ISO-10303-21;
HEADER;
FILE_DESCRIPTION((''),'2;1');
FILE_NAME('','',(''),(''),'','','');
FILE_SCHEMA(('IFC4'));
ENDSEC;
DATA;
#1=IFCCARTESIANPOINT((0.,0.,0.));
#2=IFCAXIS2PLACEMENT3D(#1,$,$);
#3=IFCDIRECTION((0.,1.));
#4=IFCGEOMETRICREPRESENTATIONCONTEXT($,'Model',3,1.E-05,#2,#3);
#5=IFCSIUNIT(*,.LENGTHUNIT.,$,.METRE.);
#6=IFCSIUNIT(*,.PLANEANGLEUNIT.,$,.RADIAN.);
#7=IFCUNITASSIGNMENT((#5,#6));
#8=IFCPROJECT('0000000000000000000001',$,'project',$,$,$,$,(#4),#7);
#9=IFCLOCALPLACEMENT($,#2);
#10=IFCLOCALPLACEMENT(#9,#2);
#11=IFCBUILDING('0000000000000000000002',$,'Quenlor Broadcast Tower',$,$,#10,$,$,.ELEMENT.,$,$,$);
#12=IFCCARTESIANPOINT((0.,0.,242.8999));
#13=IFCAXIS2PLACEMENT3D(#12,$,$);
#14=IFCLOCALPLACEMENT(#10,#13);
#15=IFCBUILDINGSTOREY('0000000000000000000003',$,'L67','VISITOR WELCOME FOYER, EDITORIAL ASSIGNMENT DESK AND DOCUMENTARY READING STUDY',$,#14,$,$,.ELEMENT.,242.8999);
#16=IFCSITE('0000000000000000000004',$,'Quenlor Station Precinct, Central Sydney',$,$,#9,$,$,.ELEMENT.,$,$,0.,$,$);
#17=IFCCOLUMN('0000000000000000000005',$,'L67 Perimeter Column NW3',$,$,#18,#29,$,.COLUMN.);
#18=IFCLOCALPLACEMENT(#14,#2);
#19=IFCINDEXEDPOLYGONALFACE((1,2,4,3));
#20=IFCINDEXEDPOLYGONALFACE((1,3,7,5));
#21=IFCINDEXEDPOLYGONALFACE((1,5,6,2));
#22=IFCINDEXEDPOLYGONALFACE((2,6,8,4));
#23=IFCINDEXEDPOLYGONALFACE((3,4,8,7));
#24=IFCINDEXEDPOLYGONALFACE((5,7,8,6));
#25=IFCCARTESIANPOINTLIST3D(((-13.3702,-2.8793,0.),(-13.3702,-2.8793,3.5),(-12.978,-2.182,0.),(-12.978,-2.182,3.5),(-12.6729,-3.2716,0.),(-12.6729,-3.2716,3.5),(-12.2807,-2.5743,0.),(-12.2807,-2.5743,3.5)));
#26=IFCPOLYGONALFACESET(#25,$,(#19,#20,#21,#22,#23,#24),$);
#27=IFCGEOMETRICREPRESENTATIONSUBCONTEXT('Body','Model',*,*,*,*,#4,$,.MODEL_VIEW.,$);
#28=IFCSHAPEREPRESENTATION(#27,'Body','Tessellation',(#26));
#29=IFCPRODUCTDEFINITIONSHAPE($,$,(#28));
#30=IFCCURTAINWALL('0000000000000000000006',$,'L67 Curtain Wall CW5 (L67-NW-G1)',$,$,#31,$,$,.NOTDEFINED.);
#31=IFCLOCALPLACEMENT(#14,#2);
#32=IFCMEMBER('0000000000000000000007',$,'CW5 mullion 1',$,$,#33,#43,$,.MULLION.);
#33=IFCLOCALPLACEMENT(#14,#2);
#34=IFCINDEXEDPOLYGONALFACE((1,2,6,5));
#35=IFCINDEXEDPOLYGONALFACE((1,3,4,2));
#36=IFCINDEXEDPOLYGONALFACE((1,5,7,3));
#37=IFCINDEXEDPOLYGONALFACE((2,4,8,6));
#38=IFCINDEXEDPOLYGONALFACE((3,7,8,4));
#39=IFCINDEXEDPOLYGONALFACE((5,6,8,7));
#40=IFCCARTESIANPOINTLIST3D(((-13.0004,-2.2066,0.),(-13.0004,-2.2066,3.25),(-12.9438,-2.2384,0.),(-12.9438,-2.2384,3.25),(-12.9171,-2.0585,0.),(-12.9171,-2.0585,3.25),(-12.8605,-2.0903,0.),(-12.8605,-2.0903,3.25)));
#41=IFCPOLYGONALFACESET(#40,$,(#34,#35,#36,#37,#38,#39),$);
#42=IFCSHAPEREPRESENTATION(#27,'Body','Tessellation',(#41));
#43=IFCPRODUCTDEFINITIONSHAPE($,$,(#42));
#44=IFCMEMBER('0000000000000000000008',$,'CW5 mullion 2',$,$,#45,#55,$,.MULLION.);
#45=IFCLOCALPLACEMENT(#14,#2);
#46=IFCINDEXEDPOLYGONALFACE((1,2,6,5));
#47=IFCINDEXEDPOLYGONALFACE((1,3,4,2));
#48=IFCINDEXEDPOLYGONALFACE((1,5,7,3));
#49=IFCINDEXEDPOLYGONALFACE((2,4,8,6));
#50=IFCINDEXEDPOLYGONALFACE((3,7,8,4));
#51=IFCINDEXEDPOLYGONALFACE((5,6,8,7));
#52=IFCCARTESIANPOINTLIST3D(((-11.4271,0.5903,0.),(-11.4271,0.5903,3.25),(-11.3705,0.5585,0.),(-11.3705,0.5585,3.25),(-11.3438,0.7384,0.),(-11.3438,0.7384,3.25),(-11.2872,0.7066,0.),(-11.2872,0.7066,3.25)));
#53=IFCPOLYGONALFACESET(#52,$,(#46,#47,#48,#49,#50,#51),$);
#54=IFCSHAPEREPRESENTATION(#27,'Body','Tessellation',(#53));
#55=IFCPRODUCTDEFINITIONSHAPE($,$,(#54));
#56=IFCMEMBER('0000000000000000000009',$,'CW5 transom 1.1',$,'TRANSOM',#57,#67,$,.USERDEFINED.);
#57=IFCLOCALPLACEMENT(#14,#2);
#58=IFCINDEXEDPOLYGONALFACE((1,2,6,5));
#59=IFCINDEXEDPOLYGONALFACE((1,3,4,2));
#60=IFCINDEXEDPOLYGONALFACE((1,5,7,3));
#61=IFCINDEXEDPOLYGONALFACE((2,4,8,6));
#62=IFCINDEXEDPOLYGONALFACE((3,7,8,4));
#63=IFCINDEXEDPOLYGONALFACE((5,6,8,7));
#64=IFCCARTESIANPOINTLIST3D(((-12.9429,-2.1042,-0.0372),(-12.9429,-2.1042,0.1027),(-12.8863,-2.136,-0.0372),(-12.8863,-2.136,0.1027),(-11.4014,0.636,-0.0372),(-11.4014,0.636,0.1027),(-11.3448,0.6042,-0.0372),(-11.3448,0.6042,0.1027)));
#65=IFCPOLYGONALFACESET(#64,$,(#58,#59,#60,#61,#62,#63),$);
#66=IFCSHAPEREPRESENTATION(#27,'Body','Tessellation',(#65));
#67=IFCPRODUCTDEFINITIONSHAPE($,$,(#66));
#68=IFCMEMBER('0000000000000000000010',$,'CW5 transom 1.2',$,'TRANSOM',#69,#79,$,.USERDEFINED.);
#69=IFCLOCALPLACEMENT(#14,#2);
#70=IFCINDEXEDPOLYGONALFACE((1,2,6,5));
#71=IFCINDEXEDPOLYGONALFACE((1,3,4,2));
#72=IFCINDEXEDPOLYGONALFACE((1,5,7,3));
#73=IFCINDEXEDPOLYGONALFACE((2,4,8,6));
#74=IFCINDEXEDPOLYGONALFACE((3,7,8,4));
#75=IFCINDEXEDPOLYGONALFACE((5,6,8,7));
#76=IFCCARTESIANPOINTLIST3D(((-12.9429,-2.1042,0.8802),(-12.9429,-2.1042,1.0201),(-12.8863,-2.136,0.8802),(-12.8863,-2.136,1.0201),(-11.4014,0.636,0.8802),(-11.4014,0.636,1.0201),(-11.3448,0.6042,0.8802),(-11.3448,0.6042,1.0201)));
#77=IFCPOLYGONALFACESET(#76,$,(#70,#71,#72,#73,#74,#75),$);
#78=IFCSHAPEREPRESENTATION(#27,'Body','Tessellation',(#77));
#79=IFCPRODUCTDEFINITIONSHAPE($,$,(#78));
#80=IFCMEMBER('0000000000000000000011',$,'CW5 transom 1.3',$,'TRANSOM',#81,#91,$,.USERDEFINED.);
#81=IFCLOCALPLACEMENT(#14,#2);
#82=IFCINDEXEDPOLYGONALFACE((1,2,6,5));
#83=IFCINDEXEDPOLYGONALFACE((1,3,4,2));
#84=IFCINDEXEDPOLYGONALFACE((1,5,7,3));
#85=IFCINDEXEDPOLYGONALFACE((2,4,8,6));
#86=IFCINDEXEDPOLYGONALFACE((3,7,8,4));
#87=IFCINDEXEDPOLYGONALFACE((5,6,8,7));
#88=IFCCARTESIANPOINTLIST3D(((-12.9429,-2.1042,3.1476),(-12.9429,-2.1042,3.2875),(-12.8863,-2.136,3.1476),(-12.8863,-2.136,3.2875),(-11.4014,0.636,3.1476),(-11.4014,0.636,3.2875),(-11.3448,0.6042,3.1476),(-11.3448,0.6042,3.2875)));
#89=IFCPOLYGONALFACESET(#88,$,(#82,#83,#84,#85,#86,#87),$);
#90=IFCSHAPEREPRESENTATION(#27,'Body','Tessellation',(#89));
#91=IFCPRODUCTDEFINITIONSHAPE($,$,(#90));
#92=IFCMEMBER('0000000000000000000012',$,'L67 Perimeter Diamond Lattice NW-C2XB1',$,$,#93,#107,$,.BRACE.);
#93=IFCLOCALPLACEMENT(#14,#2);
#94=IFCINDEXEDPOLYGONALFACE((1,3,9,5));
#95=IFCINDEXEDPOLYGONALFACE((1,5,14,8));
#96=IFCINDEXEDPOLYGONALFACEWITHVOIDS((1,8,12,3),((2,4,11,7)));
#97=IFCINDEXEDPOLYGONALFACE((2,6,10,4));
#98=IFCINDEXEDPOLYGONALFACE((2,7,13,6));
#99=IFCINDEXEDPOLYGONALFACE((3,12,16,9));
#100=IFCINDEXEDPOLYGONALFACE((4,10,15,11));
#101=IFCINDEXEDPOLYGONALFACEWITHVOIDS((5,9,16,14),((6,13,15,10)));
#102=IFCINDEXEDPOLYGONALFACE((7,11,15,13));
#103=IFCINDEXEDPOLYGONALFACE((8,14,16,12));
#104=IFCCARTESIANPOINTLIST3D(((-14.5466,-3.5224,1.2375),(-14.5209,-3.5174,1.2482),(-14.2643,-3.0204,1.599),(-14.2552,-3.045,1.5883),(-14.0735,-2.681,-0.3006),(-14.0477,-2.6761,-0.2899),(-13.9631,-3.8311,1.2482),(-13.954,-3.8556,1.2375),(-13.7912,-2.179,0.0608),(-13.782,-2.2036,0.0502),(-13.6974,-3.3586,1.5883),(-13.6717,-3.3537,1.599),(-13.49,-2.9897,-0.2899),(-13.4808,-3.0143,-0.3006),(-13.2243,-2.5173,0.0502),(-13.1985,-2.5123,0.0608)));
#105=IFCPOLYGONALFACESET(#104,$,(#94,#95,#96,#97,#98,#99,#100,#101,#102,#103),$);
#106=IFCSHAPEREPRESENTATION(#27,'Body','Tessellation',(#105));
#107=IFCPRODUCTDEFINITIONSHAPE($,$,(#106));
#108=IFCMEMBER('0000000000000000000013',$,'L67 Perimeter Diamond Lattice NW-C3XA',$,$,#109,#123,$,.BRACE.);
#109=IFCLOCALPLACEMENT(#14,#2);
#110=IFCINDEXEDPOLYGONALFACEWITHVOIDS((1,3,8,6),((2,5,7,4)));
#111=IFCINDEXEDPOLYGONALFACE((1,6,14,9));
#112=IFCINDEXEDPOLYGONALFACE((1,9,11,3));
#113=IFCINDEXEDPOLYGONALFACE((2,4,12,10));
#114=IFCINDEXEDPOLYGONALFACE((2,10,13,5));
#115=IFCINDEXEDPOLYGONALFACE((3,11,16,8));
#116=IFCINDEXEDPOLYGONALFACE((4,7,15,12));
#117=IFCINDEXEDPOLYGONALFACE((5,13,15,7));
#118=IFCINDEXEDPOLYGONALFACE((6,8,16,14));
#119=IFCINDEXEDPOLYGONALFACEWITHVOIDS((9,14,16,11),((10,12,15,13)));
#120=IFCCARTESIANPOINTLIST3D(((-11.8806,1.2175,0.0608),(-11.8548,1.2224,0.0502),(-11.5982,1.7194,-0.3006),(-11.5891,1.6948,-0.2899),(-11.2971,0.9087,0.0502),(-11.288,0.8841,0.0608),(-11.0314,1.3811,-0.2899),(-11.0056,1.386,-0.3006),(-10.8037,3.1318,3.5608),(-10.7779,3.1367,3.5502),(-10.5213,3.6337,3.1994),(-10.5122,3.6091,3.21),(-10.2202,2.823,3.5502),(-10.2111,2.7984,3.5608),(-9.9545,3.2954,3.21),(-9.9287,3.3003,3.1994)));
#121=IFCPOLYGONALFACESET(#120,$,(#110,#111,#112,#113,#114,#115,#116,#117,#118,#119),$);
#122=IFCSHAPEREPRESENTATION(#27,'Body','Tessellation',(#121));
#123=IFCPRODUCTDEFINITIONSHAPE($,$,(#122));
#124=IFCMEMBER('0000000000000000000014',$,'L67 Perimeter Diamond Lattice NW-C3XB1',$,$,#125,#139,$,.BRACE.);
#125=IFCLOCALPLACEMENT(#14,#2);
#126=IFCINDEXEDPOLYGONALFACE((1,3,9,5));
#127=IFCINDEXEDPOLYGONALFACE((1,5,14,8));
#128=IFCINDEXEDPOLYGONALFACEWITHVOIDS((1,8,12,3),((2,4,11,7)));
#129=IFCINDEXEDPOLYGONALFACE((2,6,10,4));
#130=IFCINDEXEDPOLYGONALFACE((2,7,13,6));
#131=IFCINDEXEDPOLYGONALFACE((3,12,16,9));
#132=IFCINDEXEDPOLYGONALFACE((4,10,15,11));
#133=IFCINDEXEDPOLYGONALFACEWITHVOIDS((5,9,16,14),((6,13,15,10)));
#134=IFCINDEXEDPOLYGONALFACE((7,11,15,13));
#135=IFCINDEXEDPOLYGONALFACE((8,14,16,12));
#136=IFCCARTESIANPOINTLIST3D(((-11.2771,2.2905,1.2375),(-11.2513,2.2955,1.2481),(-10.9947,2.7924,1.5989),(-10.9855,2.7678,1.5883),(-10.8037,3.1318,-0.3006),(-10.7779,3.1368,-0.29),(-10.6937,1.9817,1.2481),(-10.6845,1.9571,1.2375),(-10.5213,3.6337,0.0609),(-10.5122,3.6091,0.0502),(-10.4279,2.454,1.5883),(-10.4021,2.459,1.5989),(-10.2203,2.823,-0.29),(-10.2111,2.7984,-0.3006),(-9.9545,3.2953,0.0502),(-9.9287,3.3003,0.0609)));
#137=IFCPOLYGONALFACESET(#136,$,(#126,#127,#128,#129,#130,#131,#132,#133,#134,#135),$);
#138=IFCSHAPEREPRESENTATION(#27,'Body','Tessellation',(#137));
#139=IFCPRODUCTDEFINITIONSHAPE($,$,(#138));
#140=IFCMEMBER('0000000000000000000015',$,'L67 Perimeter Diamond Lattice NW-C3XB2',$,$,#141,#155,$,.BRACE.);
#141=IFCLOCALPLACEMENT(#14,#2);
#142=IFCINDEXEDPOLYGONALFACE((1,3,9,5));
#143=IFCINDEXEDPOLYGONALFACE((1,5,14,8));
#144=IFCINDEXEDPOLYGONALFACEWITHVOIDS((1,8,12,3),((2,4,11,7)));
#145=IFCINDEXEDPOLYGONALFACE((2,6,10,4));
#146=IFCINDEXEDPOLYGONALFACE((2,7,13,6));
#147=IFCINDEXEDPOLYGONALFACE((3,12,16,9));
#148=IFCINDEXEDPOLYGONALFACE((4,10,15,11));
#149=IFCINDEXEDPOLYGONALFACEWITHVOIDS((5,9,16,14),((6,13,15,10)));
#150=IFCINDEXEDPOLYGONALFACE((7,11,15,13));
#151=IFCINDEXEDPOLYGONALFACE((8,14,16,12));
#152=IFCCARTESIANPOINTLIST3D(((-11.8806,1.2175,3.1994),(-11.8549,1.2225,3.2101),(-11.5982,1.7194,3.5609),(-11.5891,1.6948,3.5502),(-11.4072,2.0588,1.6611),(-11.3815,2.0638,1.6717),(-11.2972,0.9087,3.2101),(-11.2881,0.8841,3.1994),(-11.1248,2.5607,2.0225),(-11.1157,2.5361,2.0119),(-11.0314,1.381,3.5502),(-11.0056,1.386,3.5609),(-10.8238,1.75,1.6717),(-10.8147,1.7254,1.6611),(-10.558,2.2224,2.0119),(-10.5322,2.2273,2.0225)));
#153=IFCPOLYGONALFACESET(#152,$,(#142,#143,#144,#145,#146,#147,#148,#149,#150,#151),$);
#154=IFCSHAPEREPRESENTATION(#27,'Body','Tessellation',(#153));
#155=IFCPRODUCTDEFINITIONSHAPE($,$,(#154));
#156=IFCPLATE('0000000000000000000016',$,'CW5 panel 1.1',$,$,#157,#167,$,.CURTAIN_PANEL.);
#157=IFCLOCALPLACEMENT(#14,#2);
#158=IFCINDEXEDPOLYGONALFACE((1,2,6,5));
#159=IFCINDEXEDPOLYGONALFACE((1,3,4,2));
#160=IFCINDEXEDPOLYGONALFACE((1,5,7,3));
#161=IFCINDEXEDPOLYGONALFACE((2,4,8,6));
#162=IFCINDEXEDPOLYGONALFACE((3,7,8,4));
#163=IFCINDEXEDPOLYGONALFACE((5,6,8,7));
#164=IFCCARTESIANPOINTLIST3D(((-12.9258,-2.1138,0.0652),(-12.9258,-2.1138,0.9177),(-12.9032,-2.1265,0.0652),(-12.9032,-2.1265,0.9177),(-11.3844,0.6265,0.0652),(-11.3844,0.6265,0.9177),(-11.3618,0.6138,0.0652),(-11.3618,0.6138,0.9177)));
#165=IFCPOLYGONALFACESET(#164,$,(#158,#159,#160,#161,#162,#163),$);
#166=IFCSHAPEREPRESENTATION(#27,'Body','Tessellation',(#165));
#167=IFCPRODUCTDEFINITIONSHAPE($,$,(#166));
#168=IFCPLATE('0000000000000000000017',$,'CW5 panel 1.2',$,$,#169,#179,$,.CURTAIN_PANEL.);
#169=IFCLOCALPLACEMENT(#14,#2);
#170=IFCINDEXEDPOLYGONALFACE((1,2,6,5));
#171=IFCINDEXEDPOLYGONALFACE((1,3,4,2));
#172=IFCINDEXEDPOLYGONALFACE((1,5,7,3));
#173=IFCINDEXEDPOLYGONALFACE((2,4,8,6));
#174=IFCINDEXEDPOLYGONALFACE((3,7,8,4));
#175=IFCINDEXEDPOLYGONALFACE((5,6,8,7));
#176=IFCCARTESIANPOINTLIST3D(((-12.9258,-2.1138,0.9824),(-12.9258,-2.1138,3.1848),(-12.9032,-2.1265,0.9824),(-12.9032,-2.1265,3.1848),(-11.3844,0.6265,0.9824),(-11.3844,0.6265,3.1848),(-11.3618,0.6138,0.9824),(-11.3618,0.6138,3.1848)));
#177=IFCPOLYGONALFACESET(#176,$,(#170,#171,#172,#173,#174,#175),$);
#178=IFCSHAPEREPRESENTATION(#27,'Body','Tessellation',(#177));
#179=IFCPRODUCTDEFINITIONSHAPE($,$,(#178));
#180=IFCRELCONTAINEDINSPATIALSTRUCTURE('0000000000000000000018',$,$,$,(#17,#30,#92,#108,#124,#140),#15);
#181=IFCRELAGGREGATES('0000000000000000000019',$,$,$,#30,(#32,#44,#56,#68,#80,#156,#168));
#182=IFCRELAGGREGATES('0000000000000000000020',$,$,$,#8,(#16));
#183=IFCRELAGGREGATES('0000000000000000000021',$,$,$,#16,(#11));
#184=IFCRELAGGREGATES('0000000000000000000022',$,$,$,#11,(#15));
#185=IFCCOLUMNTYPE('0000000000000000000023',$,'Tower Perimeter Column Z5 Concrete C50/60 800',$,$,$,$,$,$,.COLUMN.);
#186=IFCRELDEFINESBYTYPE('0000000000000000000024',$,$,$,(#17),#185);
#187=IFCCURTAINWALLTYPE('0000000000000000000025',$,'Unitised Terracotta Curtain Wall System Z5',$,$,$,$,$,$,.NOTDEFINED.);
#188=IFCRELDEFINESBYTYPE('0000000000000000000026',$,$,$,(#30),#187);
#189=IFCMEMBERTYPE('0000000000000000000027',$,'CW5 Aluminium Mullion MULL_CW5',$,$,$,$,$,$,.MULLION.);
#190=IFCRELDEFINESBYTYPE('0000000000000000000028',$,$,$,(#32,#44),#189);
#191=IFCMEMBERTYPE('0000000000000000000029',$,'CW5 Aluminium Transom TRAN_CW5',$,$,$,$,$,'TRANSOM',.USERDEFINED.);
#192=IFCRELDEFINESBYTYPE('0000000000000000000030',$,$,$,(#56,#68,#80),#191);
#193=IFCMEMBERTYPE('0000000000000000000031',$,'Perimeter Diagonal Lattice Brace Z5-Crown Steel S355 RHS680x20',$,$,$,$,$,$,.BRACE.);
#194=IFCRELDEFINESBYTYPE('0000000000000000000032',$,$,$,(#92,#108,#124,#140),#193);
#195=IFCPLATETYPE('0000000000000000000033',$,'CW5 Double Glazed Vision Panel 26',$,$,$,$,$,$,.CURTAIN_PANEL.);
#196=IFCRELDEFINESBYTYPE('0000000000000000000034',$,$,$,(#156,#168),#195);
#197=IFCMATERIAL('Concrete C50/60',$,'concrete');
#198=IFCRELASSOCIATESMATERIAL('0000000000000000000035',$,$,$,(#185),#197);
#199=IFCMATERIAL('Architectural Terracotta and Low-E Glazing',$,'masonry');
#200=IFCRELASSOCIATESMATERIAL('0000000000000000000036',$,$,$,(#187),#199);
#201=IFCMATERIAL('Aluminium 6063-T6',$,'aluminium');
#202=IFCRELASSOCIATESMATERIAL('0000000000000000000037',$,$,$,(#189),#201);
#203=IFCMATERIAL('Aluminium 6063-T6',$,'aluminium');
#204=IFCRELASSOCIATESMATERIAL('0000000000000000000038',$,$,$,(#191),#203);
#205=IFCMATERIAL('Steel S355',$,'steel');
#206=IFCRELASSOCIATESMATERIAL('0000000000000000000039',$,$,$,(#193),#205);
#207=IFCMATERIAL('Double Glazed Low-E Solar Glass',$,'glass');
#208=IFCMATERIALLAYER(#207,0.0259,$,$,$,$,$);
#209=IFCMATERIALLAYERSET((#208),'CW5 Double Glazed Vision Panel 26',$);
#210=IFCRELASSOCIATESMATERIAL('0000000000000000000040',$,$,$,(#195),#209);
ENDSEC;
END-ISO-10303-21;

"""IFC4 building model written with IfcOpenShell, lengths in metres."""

from ifc_helpers import new_model, si_unit, direction, frame, origin, origin_2d, place, context, subcontext, project, spatial, rectangle, hollow_rectangle, extrude, material, layer, layer_set, material_profile, profile_set, type_object, element, aggregate, save


model = new_model("IFC4")

# Units and contexts
model_context = context("Model", 3, precision=1e-05, world=origin(), true_north=direction((0.0, 1.0)))
body_context = subcontext(model_context, "Body", "Model", "MODEL_VIEW")
ifc_project = project(units=[si_unit("LENGTHUNIT", "METRE"), si_unit("PLANEANGLEUNIT", "RADIAN")], contexts=[model_context])

# Site, building, storey
site_placement = place(None, origin())
site = spatial("IfcSite", under=ifc_project, at=site_placement, Name="Quenlor Station Precinct, Central Sydney", CompositionType="ELEMENT", RefElevation=0.0)
building_placement = place(site_placement, origin())
building = spatial("IfcBuilding", under=site, at=building_placement, Name="Quenlor Broadcast Tower", CompositionType="ELEMENT")
storey_placement = place(building_placement, frame((0.0, 0.0, 242.8999)))
storey = spatial("IfcBuildingStorey", under=building, at=storey_placement, Name="L67", Description="VISITOR WELCOME FOYER, EDITORIAL ASSIGNMENT DESK AND DOCUMENTARY READING STUDY", CompositionType="ELEMENT", Elevation=242.8999)

# Column
ifc_material_1 = material(Name="Concrete C50/60", Category="concrete")
ifc_material_profile_1 = material_profile(ifc_material_1, rectangle(XDim=0.8, YDim=0.8, at=origin_2d()))
ifc_profile_set_1 = profile_set([ifc_material_profile_1], Name="Concrete C50/60 RC800x800")
column_type = type_object("IfcColumnType", Name="Tower Perimeter Column Z5 Concrete C50/60 800", PredefinedType="COLUMN", material=ifc_profile_set_1)
column_placement = place(storey_placement, frame((-12.8254, -2.7268, 0.0), z_axis=(0.0, 0.0, 1.0), x_axis=(-0.871575, 0.490262, 0.0)))
element("IfcColumn", 1, at=column_placement, inside=storey, type_object=column_type, Name="L67 Perimeter Column NW3", PredefinedType="COLUMN", context=body_context, shape_type="SweptSolid", body=[
    extrude(rectangle(XDim=0.8, YDim=0.8, at=origin_2d()), origin(), (0.0, 0.0, 1.0), 3.5),
])

# Curtain wall, members
ifc_material_2 = material(Name="Architectural Terracotta and Low-E Glazing", Category="masonry")
curtain_wall_type = type_object("IfcCurtainWallType", Name="Unitised Terracotta Curtain Wall System Z5", PredefinedType="NOTDEFINED", material=ifc_material_2)
curtain_wall_placement = place(storey_placement, origin())
curtain_wall = element("IfcCurtainWall", 2, at=curtain_wall_placement, inside=storey, type_object=curtain_wall_type, Name="L67 Curtain Wall CW5 (L67-NW-G1)", PredefinedType="NOTDEFINED")
ifc_material_3 = material(Name="Aluminium 6063-T6", Category="aluminium")
ifc_material_profile_2 = material_profile(ifc_material_3, rectangle(XDim=0.0649, YDim=0.1699, at=origin_2d()))
ifc_profile_set_2 = profile_set([ifc_material_profile_2], Name="Aluminium 6063-T6 MULL65x170")
member_type_1 = type_object("IfcMemberType", Name="CW5 Aluminium Mullion MULL_CW5", PredefinedType="MULLION", material=ifc_profile_set_2)
member_1_placement = place(storey_placement, frame((-12.9304, -2.1484, 0.0), z_axis=(0.0, 0.0, 1.0), x_axis=(-0.871575, 0.490263, 0.0)))
member_1 = element("IfcMember", 3, at=member_1_placement, type_object=member_type_1, Name="CW5 mullion 1", PredefinedType="MULLION", context=body_context, shape_type="SweptSolid", body=[
    extrude(rectangle(XDim=0.0649, YDim=0.1699, at=origin_2d()), origin(), (0.0, 0.0, 1.0), 3.25),
])
member_2_placement = place(storey_placement, frame((-11.3572, 0.6484, 0.0), z_axis=(0.0, 0.0, 1.0), x_axis=(-0.871575, 0.490263, 0.0)))
member_2 = element("IfcMember", 4, at=member_2_placement, type_object=member_type_1, Name="CW5 mullion 2", PredefinedType="MULLION", context=body_context, shape_type="SweptSolid", body=[
    extrude(rectangle(XDim=0.0649, YDim=0.1699, at=origin_2d()), origin(), (0.0, 0.0, 1.0), 3.25),
])
ifc_material_4 = material(Name="Aluminium 6063-T6", Category="aluminium")
ifc_material_profile_3 = material_profile(ifc_material_4, rectangle(XDim=0.0649, YDim=0.1399, at=origin_2d()))
ifc_profile_set_3 = profile_set([ifc_material_profile_3], Name="Aluminium 6063-T6 TRAN65x140")
member_type_2 = type_object("IfcMemberType", Name="CW5 Aluminium Transom TRAN_CW5", ElementType="TRANSOM", PredefinedType="USERDEFINED", material=ifc_profile_set_3)
member_3_placement = place(storey_placement, frame((-12.9146, -2.1201, 0.0327), z_axis=(0.490291, 0.871559, 0.0), x_axis=(-0.871559, 0.490291, 0.0)))
member_3 = element("IfcMember", 5, at=member_3_placement, type_object=member_type_2, Name="CW5 transom 1.1", ObjectType="TRANSOM", PredefinedType="USERDEFINED", context=body_context, shape_type="SweptSolid", body=[
    extrude(rectangle(XDim=0.0649, YDim=0.1399, at=origin_2d()), origin(), (0.0, 0.0, 1.0), 3.144),
])
member_4_placement = place(storey_placement, frame((-12.9146, -2.1201, 0.9502), z_axis=(0.490291, 0.871559, 0.0), x_axis=(-0.871559, 0.490291, 0.0)))
member_4 = element("IfcMember", 6, at=member_4_placement, type_object=member_type_2, Name="CW5 transom 1.2", ObjectType="TRANSOM", PredefinedType="USERDEFINED", context=body_context, shape_type="SweptSolid", body=[
    extrude(rectangle(XDim=0.0649, YDim=0.1399, at=origin_2d()), origin(), (0.0, 0.0, 1.0), 3.144),
])
member_5_placement = place(storey_placement, frame((-12.9146, -2.1201, 3.2175), z_axis=(0.490291, 0.871559, 0.0), x_axis=(-0.871559, 0.490291, 0.0)))
member_5 = element("IfcMember", 7, at=member_5_placement, type_object=member_type_2, Name="CW5 transom 1.3", ObjectType="TRANSOM", PredefinedType="USERDEFINED", context=body_context, shape_type="SweptSolid", body=[
    extrude(rectangle(XDim=0.0649, YDim=0.1399, at=origin_2d()), origin(), (0.0, 0.0, 1.0), 3.144),
])

# Members
ifc_material_5 = material(Name="Steel S355", Category="steel")
ifc_material_profile_4 = material_profile(ifc_material_5, hollow_rectangle(XDim=0.6799, YDim=0.6799, WallThickness=0.02, at=origin_2d()))
ifc_profile_set_4 = profile_set([ifc_material_profile_4], Name="Steel S355 RHS680x680x20")
member_type_3 = type_object("IfcMemberType", Name="Perimeter Diagonal Lattice Brace Z5-Crown Steel S355 RHS680x20", PredefinedType="BRACE", material=ifc_profile_set_4)
member_6_placement = place(storey_placement, frame((-13.636, -2.5967, -0.1199), z_axis=(-0.260561, -0.463309, 0.847025), x_axis=(0.871616, -0.490189, 0.0)))
element("IfcMember", 8, at=member_6_placement, inside=storey, type_object=member_type_3, Name="L67 Perimeter Diamond Lattice NW-C2XB1", PredefinedType="BRACE", context=body_context, shape_type="SweptSolid", body=[
    extrude(hollow_rectangle(XDim=0.6799, YDim=0.6799, WallThickness=0.02, at=origin_2d()), origin(), (0.0, 0.0, 1.0), 1.8159),
])
member_7_placement = place(storey_placement, frame((-11.4431, 1.3018, -0.1199), z_axis=(0.260619, 0.463276, 0.847026), x_axis=(-0.871555, 0.490298, 0.0)))
element("IfcMember", 9, at=member_7_placement, inside=storey, type_object=member_type_3, Name="L67 Perimeter Diamond Lattice NW-C3XA", PredefinedType="BRACE", context=body_context, shape_type="SweptSolid", body=[
    extrude(hollow_rectangle(XDim=0.6799, YDim=0.6799, WallThickness=0.02, at=origin_2d()), origin(), (0.0, 0.0, 1.0), 4.1321),
])
member_8_placement = place(storey_placement, frame((-10.3662, 3.2161, -0.1199), z_axis=(-0.260686, -0.463293, 0.846996), x_axis=(0.871508, -0.490381, 0.0)))
element("IfcMember", 10, at=member_8_placement, inside=storey, type_object=member_type_3, Name="L67 Perimeter Diamond Lattice NW-C3XB1", PredefinedType="BRACE", context=body_context, shape_type="SweptSolid", body=[
    extrude(hollow_rectangle(XDim=0.6799, YDim=0.6799, WallThickness=0.02, at=origin_2d()), origin(), (0.0, 0.0, 1.0), 1.8159),
])
member_9_placement = place(storey_placement, frame((-10.9697, 2.1431, 1.8418), z_axis=(-0.260657, -0.463241, 0.847034), x_axis=(0.871508, -0.490381, 0.0)))
element("IfcMember", 11, at=member_9_placement, inside=storey, type_object=member_type_3, Name="L67 Perimeter Diamond Lattice NW-C3XB2", PredefinedType="BRACE", context=body_context, shape_type="SweptSolid", body=[
    extrude(hollow_rectangle(XDim=0.6799, YDim=0.6799, WallThickness=0.02, at=origin_2d()), origin(), (0.0, 0.0, 1.0), 1.8162),
])

# Plates
ifc_material_6 = material(Name="Double Glazed Low-E Solar Glass", Category="glass")
ifc_layer_1 = layer(ifc_material_6, 0.0259)
ifc_layer_set_1 = layer_set([ifc_layer_1], Name="CW5 Double Glazed Vision Panel 26")
plate_type_1 = type_object("IfcPlateType", Name="CW5 Double Glazed Vision Panel 26", PredefinedType="CURTAIN_PANEL", material=ifc_layer_set_1)
plate_1_placement = place(storey_placement, frame((-12.1438, -0.75, 0.0652), z_axis=(0.0, 0.0, 1.0), x_axis=(0.490263, 0.871575, 0.0)))
plate_1 = element("IfcPlate", 12, at=plate_1_placement, type_object=plate_type_1, Name="CW5 panel 1.1", PredefinedType="CURTAIN_PANEL", context=body_context, shape_type="SweptSolid", body=[
    extrude(rectangle(XDim=3.144, YDim=0.0259, at=origin_2d()), origin(), (0.0, 0.0, 1.0), 0.8525),
])
plate_2_placement = place(storey_placement, frame((-12.1438, -0.75, 0.9824), z_axis=(0.0, 0.0, 1.0), x_axis=(0.490263, 0.871575, 0.0)))
plate_2 = element("IfcPlate", 13, at=plate_2_placement, type_object=plate_type_1, Name="CW5 panel 1.2", PredefinedType="CURTAIN_PANEL", context=body_context, shape_type="SweptSolid", body=[
    extrude(rectangle(XDim=3.144, YDim=0.0259, at=origin_2d()), origin(), (0.0, 0.0, 1.0), 2.2024),
])
aggregate(curtain_wall, [member_1, member_2, member_3, member_4, member_5, plate_1, plate_2])

save(model, "model.ifc")
